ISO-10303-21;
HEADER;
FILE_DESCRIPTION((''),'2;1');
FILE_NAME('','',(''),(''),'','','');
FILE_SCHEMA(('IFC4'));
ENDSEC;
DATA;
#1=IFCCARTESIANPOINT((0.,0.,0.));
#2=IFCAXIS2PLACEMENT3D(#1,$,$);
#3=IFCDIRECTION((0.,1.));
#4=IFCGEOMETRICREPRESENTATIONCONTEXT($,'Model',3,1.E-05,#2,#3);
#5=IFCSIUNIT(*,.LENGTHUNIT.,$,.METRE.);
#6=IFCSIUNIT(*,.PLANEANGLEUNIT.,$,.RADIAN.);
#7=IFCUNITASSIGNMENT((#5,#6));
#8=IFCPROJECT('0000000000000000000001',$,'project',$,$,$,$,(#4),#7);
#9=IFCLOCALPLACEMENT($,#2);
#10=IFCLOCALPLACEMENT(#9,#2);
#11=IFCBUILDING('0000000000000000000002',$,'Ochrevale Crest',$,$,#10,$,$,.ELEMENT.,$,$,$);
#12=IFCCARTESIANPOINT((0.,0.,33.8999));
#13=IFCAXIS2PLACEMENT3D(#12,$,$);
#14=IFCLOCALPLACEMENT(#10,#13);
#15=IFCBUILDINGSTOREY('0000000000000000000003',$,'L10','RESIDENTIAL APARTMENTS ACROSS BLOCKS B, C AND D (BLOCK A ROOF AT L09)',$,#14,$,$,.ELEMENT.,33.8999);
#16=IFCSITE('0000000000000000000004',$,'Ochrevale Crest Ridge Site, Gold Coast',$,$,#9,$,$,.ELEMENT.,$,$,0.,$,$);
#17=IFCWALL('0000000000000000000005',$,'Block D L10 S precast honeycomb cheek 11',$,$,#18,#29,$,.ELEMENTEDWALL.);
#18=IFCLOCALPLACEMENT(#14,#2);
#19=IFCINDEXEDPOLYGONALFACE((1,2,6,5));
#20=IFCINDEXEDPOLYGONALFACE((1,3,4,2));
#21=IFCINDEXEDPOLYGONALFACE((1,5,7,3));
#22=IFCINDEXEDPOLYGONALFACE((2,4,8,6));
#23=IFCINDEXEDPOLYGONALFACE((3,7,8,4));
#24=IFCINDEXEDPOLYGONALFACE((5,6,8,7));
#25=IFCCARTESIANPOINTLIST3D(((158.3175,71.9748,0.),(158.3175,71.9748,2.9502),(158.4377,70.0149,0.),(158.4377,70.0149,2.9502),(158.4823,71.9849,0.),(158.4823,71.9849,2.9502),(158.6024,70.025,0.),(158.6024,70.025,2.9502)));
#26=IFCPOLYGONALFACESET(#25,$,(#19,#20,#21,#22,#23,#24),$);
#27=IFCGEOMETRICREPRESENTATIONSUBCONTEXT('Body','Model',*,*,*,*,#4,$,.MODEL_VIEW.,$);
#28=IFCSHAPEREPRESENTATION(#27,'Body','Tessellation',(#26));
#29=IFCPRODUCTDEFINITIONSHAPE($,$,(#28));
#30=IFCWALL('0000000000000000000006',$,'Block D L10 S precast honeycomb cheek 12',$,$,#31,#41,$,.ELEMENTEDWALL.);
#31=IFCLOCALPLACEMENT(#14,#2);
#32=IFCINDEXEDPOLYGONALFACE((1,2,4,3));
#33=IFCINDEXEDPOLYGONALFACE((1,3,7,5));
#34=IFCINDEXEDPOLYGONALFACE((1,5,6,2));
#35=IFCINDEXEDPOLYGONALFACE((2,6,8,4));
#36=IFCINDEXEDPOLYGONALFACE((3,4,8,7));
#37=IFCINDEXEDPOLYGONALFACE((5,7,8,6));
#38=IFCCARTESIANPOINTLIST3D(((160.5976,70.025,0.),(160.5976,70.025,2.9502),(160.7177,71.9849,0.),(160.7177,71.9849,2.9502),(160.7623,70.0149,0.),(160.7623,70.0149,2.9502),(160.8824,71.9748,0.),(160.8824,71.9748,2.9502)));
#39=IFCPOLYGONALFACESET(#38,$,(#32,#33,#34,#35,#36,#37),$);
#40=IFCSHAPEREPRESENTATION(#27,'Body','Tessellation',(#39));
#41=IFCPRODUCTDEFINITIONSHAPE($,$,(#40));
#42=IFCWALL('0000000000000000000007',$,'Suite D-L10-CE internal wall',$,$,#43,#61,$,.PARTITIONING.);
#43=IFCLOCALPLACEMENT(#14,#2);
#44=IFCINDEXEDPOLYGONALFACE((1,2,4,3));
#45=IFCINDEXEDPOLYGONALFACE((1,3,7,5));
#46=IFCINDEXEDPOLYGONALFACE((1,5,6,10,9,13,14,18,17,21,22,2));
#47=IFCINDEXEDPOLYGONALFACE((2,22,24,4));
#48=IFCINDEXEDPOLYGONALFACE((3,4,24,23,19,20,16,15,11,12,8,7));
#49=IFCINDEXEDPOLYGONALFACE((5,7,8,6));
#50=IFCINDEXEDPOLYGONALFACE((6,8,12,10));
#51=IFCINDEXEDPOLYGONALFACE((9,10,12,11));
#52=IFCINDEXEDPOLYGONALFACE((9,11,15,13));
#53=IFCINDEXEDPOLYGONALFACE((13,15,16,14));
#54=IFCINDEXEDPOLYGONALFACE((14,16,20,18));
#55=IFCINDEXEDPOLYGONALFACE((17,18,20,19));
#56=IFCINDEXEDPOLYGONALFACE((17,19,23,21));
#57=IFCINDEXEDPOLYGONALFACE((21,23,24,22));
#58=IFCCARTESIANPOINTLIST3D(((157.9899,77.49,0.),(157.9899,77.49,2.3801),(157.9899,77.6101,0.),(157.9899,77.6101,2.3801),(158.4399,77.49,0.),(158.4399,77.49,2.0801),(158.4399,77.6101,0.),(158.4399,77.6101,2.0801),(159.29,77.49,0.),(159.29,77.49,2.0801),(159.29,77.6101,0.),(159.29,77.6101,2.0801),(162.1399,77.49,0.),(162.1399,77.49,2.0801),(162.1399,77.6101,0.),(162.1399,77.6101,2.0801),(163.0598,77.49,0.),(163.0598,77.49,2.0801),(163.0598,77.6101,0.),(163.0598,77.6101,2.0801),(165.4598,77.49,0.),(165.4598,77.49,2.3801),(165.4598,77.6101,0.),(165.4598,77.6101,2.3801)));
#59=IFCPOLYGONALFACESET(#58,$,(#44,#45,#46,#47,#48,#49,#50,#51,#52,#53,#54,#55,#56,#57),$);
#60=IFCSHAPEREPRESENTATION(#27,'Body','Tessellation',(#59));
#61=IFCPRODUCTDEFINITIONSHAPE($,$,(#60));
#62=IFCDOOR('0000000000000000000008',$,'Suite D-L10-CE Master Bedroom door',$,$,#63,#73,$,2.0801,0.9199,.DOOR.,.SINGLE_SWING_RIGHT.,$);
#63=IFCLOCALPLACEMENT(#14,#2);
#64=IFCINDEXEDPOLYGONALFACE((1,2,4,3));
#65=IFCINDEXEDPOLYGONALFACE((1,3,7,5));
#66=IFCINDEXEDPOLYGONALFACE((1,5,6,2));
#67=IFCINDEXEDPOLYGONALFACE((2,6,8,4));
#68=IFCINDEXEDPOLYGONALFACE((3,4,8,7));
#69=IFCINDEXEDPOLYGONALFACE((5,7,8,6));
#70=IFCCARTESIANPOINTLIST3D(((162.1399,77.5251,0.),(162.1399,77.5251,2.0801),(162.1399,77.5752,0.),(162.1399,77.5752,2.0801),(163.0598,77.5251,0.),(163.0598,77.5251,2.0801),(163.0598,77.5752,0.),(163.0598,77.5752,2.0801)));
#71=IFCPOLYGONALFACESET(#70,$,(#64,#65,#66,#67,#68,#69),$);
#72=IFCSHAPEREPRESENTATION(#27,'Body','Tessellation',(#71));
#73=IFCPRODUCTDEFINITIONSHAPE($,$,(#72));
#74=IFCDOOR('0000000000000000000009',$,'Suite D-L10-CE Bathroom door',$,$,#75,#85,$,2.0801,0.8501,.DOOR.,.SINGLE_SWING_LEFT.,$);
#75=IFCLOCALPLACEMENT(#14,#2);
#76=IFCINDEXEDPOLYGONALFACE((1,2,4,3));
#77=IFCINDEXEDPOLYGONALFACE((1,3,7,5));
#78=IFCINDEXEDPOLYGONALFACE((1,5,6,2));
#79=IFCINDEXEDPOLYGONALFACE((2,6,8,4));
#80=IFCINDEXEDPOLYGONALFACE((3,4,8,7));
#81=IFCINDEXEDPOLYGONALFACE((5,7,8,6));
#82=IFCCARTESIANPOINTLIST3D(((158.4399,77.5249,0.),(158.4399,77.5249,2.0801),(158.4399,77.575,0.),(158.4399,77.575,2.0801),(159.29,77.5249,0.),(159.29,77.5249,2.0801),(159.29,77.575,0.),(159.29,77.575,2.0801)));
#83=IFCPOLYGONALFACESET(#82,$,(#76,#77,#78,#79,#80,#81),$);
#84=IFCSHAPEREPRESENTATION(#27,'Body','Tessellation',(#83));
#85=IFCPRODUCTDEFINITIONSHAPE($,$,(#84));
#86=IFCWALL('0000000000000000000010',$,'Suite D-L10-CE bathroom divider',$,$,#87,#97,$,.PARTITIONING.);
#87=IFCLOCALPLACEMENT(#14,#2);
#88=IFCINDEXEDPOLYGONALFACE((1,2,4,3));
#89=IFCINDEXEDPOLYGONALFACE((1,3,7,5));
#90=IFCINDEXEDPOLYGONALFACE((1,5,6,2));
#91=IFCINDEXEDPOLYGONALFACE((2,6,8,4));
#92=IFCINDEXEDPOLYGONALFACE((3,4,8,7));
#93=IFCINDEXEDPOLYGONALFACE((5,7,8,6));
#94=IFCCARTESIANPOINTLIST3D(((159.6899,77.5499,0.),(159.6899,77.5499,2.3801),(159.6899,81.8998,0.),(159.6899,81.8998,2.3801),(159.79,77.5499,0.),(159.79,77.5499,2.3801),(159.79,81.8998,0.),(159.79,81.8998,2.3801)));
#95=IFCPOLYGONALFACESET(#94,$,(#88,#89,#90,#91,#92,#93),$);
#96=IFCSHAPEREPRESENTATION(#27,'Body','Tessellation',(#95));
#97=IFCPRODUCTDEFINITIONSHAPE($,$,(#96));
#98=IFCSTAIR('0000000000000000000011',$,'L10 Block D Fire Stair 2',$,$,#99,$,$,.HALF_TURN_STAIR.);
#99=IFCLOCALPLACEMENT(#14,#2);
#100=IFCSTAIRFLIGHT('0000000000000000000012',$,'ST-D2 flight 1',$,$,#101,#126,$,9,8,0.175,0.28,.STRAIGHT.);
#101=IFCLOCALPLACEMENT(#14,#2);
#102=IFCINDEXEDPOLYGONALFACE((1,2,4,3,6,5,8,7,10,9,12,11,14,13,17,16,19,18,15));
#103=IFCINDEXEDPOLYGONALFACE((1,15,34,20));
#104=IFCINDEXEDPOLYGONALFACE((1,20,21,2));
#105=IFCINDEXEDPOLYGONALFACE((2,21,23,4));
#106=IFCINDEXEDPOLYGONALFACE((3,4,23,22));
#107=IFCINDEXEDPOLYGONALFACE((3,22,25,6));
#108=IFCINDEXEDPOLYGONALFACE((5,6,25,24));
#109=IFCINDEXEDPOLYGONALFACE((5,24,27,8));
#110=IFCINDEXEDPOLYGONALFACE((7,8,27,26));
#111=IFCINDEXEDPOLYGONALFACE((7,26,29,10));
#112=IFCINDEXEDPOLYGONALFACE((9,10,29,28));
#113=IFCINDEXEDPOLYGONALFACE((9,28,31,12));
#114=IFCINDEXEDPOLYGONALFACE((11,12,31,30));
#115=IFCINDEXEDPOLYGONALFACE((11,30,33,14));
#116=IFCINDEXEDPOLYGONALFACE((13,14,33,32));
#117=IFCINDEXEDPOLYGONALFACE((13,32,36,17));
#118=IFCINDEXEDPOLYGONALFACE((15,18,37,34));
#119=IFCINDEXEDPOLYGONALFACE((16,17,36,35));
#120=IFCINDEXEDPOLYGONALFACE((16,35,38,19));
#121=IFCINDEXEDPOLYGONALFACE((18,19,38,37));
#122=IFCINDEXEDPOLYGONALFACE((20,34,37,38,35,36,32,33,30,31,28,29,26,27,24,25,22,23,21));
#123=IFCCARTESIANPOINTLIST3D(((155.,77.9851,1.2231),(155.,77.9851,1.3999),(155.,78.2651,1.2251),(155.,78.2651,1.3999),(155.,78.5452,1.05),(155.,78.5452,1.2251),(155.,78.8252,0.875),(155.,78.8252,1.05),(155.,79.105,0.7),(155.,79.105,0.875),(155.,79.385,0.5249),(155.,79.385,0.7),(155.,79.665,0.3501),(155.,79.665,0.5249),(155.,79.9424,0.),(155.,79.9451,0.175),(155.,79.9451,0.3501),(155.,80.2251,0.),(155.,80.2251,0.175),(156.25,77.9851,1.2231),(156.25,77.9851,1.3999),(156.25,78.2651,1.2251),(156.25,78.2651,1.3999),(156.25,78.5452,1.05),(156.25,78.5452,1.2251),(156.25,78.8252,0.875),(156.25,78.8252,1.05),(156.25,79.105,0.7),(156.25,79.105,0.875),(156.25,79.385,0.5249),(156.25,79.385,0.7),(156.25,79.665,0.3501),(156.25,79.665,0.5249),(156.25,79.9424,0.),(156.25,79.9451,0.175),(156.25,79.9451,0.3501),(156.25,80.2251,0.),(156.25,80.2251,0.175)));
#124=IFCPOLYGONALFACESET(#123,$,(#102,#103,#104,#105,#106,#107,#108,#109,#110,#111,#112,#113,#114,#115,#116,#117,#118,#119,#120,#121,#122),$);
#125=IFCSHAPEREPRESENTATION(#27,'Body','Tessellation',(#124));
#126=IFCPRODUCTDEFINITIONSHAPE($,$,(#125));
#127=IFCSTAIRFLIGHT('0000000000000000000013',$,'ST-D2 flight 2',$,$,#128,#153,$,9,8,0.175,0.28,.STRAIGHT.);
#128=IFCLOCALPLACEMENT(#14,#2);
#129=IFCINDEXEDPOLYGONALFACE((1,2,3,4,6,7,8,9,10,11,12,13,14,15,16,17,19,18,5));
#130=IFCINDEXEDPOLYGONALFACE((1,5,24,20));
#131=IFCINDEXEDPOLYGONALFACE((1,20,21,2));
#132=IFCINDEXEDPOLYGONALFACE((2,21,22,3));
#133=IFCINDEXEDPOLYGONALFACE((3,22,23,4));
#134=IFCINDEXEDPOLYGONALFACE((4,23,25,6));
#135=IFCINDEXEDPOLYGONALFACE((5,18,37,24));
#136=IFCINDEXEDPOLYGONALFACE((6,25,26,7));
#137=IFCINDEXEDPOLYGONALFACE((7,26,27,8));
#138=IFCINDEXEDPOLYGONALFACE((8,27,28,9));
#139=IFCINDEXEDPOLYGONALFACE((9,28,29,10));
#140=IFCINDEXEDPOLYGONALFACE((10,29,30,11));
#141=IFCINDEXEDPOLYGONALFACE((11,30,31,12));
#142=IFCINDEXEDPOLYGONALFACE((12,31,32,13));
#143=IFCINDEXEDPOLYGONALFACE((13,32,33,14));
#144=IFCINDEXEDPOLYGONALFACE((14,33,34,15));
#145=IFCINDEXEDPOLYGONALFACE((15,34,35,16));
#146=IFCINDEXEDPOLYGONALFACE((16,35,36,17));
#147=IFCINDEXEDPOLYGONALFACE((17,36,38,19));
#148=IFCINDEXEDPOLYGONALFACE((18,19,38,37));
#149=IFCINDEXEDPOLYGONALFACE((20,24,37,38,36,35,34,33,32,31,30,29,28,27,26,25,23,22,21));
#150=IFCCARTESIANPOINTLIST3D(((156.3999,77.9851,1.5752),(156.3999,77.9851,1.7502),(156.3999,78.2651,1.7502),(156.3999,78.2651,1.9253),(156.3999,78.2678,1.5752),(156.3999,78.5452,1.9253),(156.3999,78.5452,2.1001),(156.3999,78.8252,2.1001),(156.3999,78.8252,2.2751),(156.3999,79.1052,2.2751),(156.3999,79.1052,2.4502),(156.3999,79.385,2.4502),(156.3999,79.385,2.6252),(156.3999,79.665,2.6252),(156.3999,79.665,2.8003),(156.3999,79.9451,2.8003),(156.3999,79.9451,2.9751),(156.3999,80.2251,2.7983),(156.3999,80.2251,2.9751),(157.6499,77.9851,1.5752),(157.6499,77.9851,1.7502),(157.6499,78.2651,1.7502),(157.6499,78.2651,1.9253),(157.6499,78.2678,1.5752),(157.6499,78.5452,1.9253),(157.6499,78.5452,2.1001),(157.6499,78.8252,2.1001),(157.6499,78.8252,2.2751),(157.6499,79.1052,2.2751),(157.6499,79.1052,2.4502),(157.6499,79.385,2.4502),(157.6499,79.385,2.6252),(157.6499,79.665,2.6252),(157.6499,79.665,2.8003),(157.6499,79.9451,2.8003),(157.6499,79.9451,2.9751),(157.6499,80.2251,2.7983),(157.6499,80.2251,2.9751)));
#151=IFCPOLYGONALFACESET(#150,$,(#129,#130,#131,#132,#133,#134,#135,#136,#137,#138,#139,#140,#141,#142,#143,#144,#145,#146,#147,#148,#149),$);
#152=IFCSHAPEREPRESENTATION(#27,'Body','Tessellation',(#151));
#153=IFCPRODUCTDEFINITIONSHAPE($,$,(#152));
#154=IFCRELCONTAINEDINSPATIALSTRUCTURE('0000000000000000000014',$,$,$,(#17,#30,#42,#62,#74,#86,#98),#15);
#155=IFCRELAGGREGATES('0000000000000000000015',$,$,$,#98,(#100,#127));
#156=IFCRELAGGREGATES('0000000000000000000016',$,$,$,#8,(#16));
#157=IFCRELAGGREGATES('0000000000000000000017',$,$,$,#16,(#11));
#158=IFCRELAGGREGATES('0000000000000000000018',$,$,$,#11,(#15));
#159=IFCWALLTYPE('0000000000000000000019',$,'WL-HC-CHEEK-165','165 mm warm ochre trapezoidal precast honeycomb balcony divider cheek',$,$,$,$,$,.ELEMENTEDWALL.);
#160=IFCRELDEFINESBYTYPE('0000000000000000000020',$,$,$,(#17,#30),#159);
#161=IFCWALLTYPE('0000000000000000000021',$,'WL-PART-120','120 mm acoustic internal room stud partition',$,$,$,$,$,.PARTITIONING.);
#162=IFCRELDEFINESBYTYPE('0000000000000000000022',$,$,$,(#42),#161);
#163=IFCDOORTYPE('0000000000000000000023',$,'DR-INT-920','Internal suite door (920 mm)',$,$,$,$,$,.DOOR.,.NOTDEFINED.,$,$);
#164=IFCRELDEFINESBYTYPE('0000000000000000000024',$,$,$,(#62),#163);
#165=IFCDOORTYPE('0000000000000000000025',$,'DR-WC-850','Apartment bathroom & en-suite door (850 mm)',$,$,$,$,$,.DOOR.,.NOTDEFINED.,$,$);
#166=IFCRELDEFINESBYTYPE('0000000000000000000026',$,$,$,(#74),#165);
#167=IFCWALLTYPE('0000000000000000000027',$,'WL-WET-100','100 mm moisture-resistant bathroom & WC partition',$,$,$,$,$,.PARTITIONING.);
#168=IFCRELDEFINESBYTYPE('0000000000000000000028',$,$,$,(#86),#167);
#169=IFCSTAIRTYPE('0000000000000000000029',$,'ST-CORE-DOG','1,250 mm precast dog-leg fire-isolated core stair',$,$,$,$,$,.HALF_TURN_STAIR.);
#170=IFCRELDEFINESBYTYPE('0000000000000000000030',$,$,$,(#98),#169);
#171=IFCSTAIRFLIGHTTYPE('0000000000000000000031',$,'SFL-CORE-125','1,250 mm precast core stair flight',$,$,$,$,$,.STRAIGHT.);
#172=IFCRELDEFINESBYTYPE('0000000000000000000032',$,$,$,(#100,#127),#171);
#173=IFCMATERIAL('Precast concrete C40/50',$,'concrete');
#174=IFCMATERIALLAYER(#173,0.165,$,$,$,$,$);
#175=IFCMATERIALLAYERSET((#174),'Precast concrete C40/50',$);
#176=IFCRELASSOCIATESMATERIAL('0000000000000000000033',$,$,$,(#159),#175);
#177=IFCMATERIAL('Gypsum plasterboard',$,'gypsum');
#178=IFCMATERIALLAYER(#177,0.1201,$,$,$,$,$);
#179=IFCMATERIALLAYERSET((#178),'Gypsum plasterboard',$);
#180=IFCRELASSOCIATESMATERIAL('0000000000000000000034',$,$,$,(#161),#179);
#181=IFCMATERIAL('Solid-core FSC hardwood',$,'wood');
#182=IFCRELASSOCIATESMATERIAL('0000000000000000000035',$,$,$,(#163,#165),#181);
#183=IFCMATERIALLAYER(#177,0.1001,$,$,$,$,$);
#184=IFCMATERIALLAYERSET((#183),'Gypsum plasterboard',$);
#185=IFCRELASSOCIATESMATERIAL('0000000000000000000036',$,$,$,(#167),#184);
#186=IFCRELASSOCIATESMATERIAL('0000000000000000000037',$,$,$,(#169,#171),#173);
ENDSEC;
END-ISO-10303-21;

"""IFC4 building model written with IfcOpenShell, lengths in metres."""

from ifc_helpers import new_model, si_unit, direction, frame, frame_2d, origin, place, context, subcontext, project, spatial, polyline, rectangle, outline, extrude, material, layer, layer_set, type_object, element, fill, aggregate, save


model = new_model("IFC4")

# Units and contexts
model_context = context("Model", 3, precision=1e-05, world=origin(), true_north=direction((0.0, 1.0)))
body_context = subcontext(model_context, "Body", "Model", "MODEL_VIEW")
ifc_project = project(units=[si_unit("LENGTHUNIT", "METRE"), si_unit("PLANEANGLEUNIT", "RADIAN")], contexts=[model_context])

# Site, building, storey
site_placement = place(None, origin())
site = spatial("IfcSite", under=ifc_project, at=site_placement, Name="Ochrevale Crest Ridge Site, Gold Coast", CompositionType="ELEMENT", RefElevation=0.0)
building_placement = place(site_placement, origin())
building = spatial("IfcBuilding", under=site, at=building_placement, Name="Ochrevale Crest", CompositionType="ELEMENT")
storey_placement = place(building_placement, frame((0.0, 0.0, 33.8999)))
storey = spatial("IfcBuildingStorey", under=building, at=storey_placement, Name="L10", Description="RESIDENTIAL APARTMENTS ACROSS BLOCKS B, C AND D (BLOCK A ROOF AT L09)", CompositionType="ELEMENT", Elevation=33.8999)

# Shared definitions
ifc_material_1 = material(Name="Precast concrete C40/50", Category="concrete")

# Walls
ifc_layer_1 = layer(ifc_material_1, 0.165)
ifc_layer_set_1 = layer_set([ifc_layer_1], Name="Precast concrete C40/50")
wall_type_1 = type_object("IfcWallType", Name="WL-HC-CHEEK-165", Description="165 mm warm ochre trapezoidal precast honeycomb balcony divider cheek", PredefinedType="ELEMENTEDWALL", material=ifc_layer_set_1)
for number, where, z_axis, x_axis, name in (
    (1, (158.3999, 71.98, 0.0), (0.0, 0.0, 1.0), (0.061171, -0.998127, 0.0), "Block D L10 S precast honeycomb cheek 11"),
    (2, (160.8, 71.98, 0.0), (0.0, 0.0, 1.0), (-0.061171, -0.998127, 0.0), "Block D L10 S precast honeycomb cheek 12"),
):
    element("IfcWall", number, at=place(storey_placement, frame(where, z_axis=z_axis, x_axis=x_axis)), inside=storey, type_object=wall_type_1, Name=name, PredefinedType="ELEMENTEDWALL", context=body_context, shape_type="SweptSolid", body=[
        extrude(rectangle(XDim=1.9636, YDim=0.165, at=frame_2d((0.9819, 0.0))), origin(), (0.0, 0.0, 1.0), 2.9502),
    ])

# Wall, openings, doors
ifc_material_2 = material(Name="Gypsum plasterboard", Category="gypsum")
ifc_layer_2 = layer(ifc_material_2, 0.1201)
ifc_layer_set_2 = layer_set([ifc_layer_2], Name="Gypsum plasterboard")
wall_type_2 = type_object("IfcWallType", Name="WL-PART-120", Description="120 mm acoustic internal room stud partition", PredefinedType="PARTITIONING", material=ifc_layer_set_2)
wall_1_placement = place(storey_placement, frame((157.99, 77.55, 0.0), z_axis=(0.0, 0.0, 1.0), x_axis=(1.0, 0.0, 0.0)))
wall_1 = element("IfcWall", 3, at=wall_1_placement, inside=storey, type_object=wall_type_2, Name="Suite D-L10-CE internal wall", PredefinedType="PARTITIONING", context=body_context, shape_type="SweptSolid", body=[
    extrude(rectangle(XDim=7.47, YDim=0.1201, at=frame_2d((3.7349, 0.0))), origin(), (0.0, 0.0, 1.0), 2.3801),
])
opening_1_placement = place(wall_1_placement, frame((0.45, 0.0, 0.0)))
opening_1 = element("IfcOpeningElement", 4, at=opening_1_placement, cuts=wall_1, PredefinedType="OPENING", context=body_context, shape_type="SweptSolid", body=[
    extrude(rectangle(XDim=0.8501, YDim=2.0801, at=frame_2d((0.425, 1.04))), frame((0.0, 0.0701, 0.0), z_axis=(0.0, -1.0, 0.0), x_axis=(1.0, 0.0, 0.0)), (0.0, 0.0, 1.0), 0.1401),
])
opening_2_placement = place(wall_1_placement, frame((5.0698, 0.0, 0.0), z_axis=(0.0, 0.0, 1.0), x_axis=(-1.0, 0.0, 0.0)))
opening_2 = element("IfcOpeningElement", 5, at=opening_2_placement, cuts=wall_1, PredefinedType="OPENING", context=body_context, shape_type="SweptSolid", body=[
    extrude(rectangle(XDim=0.9199, YDim=2.0801, at=frame_2d((0.46, 1.04))), frame((0.0, 0.0701, 0.0), z_axis=(0.0, -1.0, 0.0), x_axis=(1.0, 0.0, 0.0)), (0.0, 0.0, 1.0), 0.1401),
])
ifc_material_3 = material(Name="Solid-core FSC hardwood", Category="wood")
door_type_1 = type_object("IfcDoorType", Name="DR-INT-920", Description="Internal suite door (920 mm)", OperationType="NOTDEFINED", PredefinedType="DOOR", material=ifc_material_3)
door_1_placement = place(opening_2_placement, origin())
door_1 = element("IfcDoor", 6, at=door_1_placement, inside=storey, type_object=door_type_1, Name="Suite D-L10-CE Master Bedroom door", OperationType="SINGLE_SWING_RIGHT", OverallHeight=2.0801, OverallWidth=0.9199, PredefinedType="DOOR", context=body_context, shape_type="SweptSolid", body=[
    extrude(rectangle(XDim=0.9199, YDim=2.0801, at=frame_2d((0.46, 1.04))), frame((0.0, 0.0249, 0.0), z_axis=(0.0, -1.0, 0.0), x_axis=(1.0, 0.0, 0.0)), (0.0, 0.0, 1.0), 0.05),
])
fill(opening_2, door_1)
door_type_2 = type_object("IfcDoorType", Name="DR-WC-850", Description="Apartment bathroom & en-suite door (850 mm)", OperationType="NOTDEFINED", PredefinedType="DOOR", material=ifc_material_3)
door_2_placement = place(opening_1_placement, origin())
door_2 = element("IfcDoor", 7, at=door_2_placement, inside=storey, type_object=door_type_2, Name="Suite D-L10-CE Bathroom door", OperationType="SINGLE_SWING_LEFT", OverallHeight=2.0801, OverallWidth=0.8501, PredefinedType="DOOR", context=body_context, shape_type="SweptSolid", body=[
    extrude(rectangle(XDim=0.8501, YDim=2.0801, at=frame_2d((0.425, 1.04))), frame((0.0, 0.0249, 0.0), z_axis=(0.0, -1.0, 0.0), x_axis=(1.0, 0.0, 0.0)), (0.0, 0.0, 1.0), 0.05),
])
fill(opening_1, door_2)

# Wall
ifc_layer_3 = layer(ifc_material_2, 0.1001)
ifc_layer_set_3 = layer_set([ifc_layer_3], Name="Gypsum plasterboard")
wall_type_3 = type_object("IfcWallType", Name="WL-WET-100", Description="100 mm moisture-resistant bathroom & WC partition", PredefinedType="PARTITIONING", material=ifc_layer_set_3)
wall_2_placement = place(storey_placement, frame((159.74, 77.55, 0.0), z_axis=(0.0, 0.0, 1.0), x_axis=(0.0, 1.0, 0.0)))
element("IfcWall", 8, at=wall_2_placement, inside=storey, type_object=wall_type_3, Name="Suite D-L10-CE bathroom divider", PredefinedType="PARTITIONING", context=body_context, shape_type="SweptSolid", body=[
    extrude(rectangle(XDim=4.3499, YDim=0.1001, at=frame_2d((2.1748, 0.0))), origin(), (0.0, 0.0, 1.0), 2.3801),
])

# Stair, stair flights
stair_type = type_object("IfcStairType", Name="ST-CORE-DOG", Description="1,250 mm precast dog-leg fire-isolated core stair", PredefinedType="HALF_TURN_STAIR", material=ifc_material_1)
stair_placement = place(storey_placement, origin())
stair = element("IfcStair", 9, at=stair_placement, inside=storey, type_object=stair_type, Name="L10 Block D Fire Stair 2", PredefinedType="HALF_TURN_STAIR")
stair_flight_type = type_object("IfcStairFlightType", Name="SFL-CORE-125", Description="1,250 mm precast core stair flight", PredefinedType="STRAIGHT", material=ifc_material_1)
stair_flight_1_placement = place(storey_placement, frame((155.625, 80.2251, 0.0), z_axis=(0.0, 0.0, 1.0), x_axis=(0.0, -1.0, 0.0)))
stair_flight_1 = element("IfcStairFlight", 10, at=stair_flight_1_placement, type_object=stair_flight_type, Name="ST-D2 flight 1", NumberOfRisers=9, NumberOfTreads=8, PredefinedType="STRAIGHT", RiserHeight=0.175, TreadLength=0.28, context=body_context, shape_type="SweptSolid", body=[
    extrude(outline(polyline([(0.0, 0.0), (0.0, 0.175), (0.28, 0.175), (0.28, 0.3501), (0.5601, 0.3501), (0.5601, 0.5249), (0.8401, 0.5249), (0.8401, 0.7), (1.1201, 0.7), (1.1201, 0.875), (1.3999, 0.875), (1.3999, 1.05), (1.6799, 1.05), (1.6799, 1.2251), (1.96, 1.2251), (1.96, 1.3999), (2.24, 1.3999), (2.24, 1.575), (2.24, 1.2231), (0.2827, 0.0), (0.0, 0.0)])), frame((0.0, 0.625, 0.0), z_axis=(0.0, -1.0, 0.0), x_axis=(1.0, 0.0, 0.0)), (0.0, 0.0, 1.0), 1.25),
])
stair_flight_2_placement = place(storey_placement, frame((157.0249, 77.9851, 1.5752), z_axis=(0.0, 0.0, 1.0), x_axis=(0.0, 1.0, 0.0)))
stair_flight_2 = element("IfcStairFlight", 11, at=stair_flight_2_placement, type_object=stair_flight_type, Name="ST-D2 flight 2", NumberOfRisers=9, NumberOfTreads=8, PredefinedType="STRAIGHT", RiserHeight=0.175, TreadLength=0.28, context=body_context, shape_type="SweptSolid", body=[
    extrude(outline(polyline([(0.0, 0.0), (0.0, 0.175), (0.28, 0.175), (0.28, 0.3501), (0.5601, 0.3501), (0.5601, 0.5249), (0.8401, 0.5249), (0.8401, 0.7), (1.1201, 0.7), (1.1201, 0.875), (1.3999, 0.875), (1.3999, 1.05), (1.6799, 1.05), (1.6799, 1.2251), (1.96, 1.2251), (1.96, 1.3999), (2.24, 1.3999), (2.24, 1.575), (2.24, 1.2231), (0.2827, 0.0), (0.0, 0.0)])), frame((0.0, 0.625, 0.0), z_axis=(0.0, -1.0, 0.0), x_axis=(1.0, 0.0, 0.0)), (0.0, 0.0, 1.0), 1.25),
])
aggregate(stair, [stair_flight_1, stair_flight_2])

save(model, "model.ifc")
